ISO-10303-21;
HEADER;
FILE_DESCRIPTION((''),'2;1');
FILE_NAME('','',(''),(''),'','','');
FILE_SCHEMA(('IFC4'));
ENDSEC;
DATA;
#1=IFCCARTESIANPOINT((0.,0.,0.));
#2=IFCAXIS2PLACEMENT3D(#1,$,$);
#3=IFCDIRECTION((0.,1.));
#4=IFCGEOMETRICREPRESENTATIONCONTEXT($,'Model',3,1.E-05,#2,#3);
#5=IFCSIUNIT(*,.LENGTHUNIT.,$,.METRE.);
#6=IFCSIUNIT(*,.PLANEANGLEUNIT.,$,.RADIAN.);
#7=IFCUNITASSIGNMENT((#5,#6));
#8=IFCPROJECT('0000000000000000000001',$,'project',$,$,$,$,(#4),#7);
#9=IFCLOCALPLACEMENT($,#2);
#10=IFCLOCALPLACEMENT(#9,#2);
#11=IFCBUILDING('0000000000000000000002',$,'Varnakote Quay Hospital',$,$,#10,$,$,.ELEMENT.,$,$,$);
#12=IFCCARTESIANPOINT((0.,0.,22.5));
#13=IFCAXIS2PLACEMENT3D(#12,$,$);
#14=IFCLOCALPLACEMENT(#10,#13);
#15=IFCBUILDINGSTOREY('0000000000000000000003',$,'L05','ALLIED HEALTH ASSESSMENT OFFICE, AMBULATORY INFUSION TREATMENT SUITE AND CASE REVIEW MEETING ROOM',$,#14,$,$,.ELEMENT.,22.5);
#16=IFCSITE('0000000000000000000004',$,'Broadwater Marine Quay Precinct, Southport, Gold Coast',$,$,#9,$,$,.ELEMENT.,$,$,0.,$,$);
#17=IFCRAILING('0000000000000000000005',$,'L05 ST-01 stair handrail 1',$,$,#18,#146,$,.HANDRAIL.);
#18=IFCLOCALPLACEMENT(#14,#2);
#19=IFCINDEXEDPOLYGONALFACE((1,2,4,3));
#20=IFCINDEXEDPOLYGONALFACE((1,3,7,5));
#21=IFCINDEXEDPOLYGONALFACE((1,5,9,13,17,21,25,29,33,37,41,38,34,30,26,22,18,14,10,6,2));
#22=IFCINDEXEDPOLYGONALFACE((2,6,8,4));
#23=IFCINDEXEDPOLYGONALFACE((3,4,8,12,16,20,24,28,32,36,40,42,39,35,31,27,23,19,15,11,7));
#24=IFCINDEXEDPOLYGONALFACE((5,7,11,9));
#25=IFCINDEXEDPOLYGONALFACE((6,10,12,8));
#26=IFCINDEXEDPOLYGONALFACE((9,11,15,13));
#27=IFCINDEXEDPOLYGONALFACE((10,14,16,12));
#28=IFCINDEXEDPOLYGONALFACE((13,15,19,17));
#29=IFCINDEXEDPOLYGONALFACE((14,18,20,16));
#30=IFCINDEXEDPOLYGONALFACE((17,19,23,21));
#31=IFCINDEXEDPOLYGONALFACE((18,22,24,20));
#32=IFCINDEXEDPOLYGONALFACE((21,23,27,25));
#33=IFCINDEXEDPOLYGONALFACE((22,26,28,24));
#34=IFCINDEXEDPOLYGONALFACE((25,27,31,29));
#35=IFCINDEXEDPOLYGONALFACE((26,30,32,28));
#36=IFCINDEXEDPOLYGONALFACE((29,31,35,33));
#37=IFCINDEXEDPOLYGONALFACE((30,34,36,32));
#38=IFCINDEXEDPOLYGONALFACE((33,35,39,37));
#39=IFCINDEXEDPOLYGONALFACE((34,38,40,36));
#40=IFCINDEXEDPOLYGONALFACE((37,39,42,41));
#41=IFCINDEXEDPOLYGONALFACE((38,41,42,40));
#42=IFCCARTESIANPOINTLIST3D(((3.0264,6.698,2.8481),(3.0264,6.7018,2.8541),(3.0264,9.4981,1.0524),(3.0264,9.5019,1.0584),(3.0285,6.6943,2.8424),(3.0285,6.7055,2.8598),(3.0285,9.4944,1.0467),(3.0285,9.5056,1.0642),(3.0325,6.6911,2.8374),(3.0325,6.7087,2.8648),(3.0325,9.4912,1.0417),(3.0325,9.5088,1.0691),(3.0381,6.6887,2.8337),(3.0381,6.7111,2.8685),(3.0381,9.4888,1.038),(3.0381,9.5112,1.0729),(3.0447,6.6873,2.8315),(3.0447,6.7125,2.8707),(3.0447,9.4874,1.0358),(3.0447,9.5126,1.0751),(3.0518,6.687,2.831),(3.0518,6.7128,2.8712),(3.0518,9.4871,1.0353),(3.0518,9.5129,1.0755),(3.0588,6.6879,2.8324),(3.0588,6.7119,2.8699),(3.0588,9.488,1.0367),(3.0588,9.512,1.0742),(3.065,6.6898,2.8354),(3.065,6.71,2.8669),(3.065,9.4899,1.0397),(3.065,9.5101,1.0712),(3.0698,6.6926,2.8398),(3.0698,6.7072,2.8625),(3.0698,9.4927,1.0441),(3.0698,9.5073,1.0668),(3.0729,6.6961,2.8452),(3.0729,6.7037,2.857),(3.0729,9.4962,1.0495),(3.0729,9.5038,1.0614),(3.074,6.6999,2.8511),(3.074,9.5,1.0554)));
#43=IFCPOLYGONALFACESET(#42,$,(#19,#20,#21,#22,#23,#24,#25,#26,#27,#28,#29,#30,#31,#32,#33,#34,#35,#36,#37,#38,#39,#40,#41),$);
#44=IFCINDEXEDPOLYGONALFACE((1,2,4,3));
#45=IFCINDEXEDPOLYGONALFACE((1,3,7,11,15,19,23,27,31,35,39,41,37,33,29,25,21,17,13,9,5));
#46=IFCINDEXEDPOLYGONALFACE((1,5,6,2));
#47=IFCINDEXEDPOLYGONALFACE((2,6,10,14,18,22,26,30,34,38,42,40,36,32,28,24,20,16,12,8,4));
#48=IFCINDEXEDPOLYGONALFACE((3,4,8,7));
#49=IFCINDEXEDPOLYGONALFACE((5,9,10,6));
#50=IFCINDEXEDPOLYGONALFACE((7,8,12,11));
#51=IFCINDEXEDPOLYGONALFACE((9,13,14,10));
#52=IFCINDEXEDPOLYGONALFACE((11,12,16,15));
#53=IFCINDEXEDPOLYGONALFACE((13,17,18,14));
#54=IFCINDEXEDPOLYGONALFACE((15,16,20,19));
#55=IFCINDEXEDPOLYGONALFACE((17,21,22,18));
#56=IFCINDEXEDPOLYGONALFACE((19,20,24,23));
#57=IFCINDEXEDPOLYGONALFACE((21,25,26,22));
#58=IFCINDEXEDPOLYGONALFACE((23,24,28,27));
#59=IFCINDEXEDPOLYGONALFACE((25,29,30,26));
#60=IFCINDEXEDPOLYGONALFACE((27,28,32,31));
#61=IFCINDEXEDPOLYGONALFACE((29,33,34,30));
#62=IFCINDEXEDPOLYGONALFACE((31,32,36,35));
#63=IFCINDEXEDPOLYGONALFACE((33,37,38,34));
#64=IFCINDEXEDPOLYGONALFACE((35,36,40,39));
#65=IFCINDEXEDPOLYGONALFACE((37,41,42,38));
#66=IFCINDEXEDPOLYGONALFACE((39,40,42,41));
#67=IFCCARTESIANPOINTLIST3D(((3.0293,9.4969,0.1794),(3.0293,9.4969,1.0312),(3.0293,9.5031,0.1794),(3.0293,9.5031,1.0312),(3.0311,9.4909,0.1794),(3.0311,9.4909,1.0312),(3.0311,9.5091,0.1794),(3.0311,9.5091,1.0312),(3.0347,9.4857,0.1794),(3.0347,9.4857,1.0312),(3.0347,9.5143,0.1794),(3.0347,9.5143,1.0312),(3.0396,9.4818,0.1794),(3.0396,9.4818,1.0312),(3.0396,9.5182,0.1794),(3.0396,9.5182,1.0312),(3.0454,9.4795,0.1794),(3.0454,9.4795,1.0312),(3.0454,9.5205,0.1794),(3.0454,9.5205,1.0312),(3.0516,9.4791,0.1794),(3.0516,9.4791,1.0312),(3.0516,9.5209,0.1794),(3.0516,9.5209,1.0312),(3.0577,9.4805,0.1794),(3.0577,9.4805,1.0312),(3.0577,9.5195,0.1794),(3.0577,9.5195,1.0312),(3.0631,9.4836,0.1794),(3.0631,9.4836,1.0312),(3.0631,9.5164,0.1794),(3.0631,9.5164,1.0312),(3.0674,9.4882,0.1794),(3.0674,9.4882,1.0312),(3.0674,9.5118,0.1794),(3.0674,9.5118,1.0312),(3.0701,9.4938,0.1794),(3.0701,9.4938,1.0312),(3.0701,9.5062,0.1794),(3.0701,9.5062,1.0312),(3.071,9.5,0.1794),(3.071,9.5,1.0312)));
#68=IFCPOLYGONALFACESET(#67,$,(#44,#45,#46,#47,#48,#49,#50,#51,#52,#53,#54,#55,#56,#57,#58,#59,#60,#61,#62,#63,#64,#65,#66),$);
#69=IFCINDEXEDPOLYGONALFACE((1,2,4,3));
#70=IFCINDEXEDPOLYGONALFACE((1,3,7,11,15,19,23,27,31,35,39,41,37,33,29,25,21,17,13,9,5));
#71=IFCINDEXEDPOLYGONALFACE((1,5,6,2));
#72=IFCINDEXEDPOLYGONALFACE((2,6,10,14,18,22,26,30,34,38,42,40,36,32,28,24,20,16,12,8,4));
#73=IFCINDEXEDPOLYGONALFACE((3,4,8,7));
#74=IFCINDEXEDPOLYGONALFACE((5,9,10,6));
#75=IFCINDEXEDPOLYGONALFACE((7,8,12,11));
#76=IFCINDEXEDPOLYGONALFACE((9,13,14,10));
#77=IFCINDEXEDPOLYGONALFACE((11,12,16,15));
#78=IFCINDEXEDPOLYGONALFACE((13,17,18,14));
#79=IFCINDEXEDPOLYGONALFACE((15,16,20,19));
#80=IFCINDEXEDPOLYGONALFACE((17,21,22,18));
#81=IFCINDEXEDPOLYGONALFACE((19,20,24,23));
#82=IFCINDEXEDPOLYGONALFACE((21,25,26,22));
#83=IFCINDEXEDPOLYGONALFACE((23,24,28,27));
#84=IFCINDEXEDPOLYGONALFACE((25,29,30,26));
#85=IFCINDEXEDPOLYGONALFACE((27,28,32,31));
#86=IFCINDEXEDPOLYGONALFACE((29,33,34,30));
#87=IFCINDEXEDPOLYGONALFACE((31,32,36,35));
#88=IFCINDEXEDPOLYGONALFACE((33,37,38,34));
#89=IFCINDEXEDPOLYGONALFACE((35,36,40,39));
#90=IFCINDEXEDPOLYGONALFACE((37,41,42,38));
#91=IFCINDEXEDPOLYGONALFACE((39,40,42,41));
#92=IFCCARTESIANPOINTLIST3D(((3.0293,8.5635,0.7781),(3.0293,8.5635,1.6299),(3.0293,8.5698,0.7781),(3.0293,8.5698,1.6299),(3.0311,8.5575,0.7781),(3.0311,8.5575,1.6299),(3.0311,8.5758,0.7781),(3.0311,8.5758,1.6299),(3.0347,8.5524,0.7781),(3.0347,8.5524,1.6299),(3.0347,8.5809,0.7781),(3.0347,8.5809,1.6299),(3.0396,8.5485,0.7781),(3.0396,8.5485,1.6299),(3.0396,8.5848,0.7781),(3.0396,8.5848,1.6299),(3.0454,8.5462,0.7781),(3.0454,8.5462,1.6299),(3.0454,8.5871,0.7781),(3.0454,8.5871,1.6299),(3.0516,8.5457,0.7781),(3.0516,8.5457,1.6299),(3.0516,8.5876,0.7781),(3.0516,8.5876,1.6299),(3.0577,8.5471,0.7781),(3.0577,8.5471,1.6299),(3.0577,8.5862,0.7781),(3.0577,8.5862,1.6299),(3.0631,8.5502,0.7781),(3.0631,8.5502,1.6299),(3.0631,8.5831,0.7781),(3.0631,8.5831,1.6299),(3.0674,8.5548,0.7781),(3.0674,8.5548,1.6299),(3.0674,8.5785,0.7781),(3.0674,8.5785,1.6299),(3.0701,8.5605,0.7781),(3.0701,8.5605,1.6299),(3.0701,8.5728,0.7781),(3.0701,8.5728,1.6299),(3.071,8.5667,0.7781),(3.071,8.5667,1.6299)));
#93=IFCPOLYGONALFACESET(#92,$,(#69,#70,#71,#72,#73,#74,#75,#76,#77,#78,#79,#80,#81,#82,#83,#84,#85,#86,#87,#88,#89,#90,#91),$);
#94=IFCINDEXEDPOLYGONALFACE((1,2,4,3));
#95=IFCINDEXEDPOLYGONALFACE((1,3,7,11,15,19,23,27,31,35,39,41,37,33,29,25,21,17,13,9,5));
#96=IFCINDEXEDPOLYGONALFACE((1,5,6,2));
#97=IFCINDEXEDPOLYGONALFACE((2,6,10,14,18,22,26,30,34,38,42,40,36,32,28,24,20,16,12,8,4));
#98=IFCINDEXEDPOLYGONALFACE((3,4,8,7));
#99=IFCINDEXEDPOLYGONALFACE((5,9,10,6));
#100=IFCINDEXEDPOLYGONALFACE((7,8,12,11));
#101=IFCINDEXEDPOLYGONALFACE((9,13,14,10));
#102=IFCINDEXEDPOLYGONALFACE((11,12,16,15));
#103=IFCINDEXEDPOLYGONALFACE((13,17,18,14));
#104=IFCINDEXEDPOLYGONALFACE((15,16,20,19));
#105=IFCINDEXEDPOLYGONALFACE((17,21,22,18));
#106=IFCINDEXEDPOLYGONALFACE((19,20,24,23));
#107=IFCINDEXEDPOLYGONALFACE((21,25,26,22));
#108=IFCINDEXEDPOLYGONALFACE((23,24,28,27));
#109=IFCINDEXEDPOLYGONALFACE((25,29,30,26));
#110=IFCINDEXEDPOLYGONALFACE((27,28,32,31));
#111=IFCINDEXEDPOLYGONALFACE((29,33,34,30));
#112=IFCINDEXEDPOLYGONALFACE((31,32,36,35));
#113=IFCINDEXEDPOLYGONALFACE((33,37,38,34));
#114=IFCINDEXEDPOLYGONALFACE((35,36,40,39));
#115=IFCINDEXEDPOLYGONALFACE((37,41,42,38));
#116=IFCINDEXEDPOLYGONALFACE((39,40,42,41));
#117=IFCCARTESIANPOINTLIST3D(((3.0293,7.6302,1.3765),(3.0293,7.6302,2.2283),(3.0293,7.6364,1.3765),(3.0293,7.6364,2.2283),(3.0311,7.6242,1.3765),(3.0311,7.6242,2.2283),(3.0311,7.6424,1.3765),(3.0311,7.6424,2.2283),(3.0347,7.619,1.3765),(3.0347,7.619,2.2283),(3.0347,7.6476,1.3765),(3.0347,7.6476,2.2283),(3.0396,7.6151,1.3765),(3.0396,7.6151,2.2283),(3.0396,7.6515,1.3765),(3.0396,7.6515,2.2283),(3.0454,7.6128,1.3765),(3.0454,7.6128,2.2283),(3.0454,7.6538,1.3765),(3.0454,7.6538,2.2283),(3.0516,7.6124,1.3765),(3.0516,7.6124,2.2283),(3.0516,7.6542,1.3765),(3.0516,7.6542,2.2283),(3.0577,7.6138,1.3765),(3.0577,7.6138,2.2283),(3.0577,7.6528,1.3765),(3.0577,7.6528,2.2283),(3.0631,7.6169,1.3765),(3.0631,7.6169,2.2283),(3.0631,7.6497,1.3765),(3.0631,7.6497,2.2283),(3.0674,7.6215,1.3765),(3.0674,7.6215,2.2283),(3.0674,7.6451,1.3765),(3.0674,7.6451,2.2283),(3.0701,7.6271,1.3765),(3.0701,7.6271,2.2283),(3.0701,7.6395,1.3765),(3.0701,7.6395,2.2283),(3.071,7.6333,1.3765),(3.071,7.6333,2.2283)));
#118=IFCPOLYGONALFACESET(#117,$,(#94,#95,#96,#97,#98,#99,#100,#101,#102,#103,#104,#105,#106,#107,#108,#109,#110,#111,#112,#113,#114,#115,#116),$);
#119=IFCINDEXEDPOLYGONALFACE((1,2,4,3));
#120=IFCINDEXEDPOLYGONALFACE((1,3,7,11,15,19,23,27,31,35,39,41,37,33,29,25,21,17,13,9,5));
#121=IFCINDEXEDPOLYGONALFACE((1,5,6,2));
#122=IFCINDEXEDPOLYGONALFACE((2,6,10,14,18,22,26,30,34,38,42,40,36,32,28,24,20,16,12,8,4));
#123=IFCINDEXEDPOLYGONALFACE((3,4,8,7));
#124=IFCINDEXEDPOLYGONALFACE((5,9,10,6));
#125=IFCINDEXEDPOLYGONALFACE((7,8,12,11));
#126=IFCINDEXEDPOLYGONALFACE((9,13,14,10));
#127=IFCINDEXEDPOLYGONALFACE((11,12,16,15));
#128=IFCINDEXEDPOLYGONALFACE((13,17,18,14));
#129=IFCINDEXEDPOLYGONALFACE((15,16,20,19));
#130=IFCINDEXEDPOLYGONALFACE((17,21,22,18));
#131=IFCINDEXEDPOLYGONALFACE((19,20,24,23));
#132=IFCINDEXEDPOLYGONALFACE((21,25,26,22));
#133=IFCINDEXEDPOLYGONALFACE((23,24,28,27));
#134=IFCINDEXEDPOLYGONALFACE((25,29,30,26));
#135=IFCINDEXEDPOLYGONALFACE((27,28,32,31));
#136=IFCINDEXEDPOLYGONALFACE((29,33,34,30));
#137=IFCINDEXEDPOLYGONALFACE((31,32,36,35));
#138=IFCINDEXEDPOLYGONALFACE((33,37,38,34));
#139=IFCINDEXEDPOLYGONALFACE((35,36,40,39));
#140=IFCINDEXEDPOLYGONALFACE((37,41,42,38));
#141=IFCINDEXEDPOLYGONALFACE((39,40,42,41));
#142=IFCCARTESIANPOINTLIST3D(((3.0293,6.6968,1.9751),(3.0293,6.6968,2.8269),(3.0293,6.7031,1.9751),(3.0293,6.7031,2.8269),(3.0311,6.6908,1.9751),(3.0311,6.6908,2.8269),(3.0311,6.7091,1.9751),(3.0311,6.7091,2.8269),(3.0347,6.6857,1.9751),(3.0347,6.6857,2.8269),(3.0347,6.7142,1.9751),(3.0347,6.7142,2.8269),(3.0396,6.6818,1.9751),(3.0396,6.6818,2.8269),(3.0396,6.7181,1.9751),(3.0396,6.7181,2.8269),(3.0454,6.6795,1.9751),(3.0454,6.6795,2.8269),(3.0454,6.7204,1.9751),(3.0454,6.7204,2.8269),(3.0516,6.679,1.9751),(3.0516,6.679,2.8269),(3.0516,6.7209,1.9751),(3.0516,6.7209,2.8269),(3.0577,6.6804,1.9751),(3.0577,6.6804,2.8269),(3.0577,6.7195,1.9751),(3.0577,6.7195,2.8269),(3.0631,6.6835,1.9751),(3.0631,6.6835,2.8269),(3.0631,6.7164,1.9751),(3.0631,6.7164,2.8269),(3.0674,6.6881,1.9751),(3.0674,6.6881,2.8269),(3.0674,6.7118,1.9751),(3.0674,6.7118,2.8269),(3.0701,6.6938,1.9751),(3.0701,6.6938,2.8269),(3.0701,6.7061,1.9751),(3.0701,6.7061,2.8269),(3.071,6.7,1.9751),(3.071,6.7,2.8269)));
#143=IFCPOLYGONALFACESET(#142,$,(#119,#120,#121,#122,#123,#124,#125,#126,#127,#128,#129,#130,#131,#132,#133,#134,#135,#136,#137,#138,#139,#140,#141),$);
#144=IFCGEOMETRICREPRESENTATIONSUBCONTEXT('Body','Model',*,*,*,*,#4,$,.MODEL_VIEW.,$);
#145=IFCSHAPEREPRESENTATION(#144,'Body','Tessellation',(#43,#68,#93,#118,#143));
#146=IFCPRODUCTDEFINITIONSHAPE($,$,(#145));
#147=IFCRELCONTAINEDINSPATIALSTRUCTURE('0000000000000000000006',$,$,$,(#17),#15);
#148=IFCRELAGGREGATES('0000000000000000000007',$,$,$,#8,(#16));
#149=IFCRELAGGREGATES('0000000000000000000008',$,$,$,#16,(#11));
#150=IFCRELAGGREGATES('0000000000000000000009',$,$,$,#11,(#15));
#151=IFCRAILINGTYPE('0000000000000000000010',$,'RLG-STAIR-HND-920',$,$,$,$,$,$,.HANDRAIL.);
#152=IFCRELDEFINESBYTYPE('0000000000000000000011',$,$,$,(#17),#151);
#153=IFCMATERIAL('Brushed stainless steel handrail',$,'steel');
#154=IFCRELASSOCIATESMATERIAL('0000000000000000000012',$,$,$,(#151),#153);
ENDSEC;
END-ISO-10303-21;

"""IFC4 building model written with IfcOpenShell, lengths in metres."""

from ifc_helpers import new_model, si_unit, direction, frame, origin, origin_2d, place, context, subcontext, project, spatial, circle, extrude, material, type_object, element, save


model = new_model("IFC4")

# Units and contexts
model_context = context("Model", 3, precision=1e-05, world=origin(), true_north=direction((0.0, 1.0)))
body_context = subcontext(model_context, "Body", "Model", "MODEL_VIEW")
ifc_project = project(units=[si_unit("LENGTHUNIT", "METRE"), si_unit("PLANEANGLEUNIT", "RADIAN")], contexts=[model_context])

# Site, building, storey
site_placement = place(None, origin())
site = spatial("IfcSite", under=ifc_project, at=site_placement, Name="Broadwater Marine Quay Precinct, Southport, Gold Coast", CompositionType="ELEMENT", RefElevation=0.0)
building_placement = place(site_placement, origin())
building = spatial("IfcBuilding", under=site, at=building_placement, Name="Varnakote Quay Hospital", CompositionType="ELEMENT")
storey_placement = place(building_placement, frame((0.0, 0.0, 22.5)))
storey = spatial("IfcBuildingStorey", under=building, at=storey_placement, Name="L05", Description="ALLIED HEALTH ASSESSMENT OFFICE, AMBULATORY INFUSION TREATMENT SUITE AND CASE REVIEW MEETING ROOM", CompositionType="ELEMENT", Elevation=22.5)

# Railing
ifc_material_1 = material(Name="Brushed stainless steel handrail", Category="steel")
railing_type_1 = type_object("IfcRailingType", Name="RLG-STAIR-HND-920", PredefinedType="HANDRAIL", material=ifc_material_1)
railing_1_placement = place(storey_placement, frame((3.05, 9.5, 0.1794)))
element("IfcRailing", 1, at=railing_1_placement, inside=storey, type_object=railing_type_1, Name="L05 ST-01 stair handrail 1", PredefinedType="HANDRAIL", context=body_context, shape_type="SweptSolid", body=[
    extrude(circle(Radius=0.0239, at=origin_2d()), frame((0.0, 0.0, 0.876), z_axis=(0.0, -0.841777, 0.539826), x_axis=(1.0, 0.0, 0.0)), (0.0, 0.0, 1.0), 3.3264),
    extrude(circle(Radius=0.021, at=origin_2d()), origin(), (0.0, 0.0, 1.0), 0.8518),
    extrude(circle(Radius=0.021, at=origin_2d()), frame((0.0, -0.9333, 0.5986)), (0.0, 0.0, 1.0), 0.8518),
    extrude(circle(Radius=0.021, at=origin_2d()), frame((0.0, -1.8667, 1.197)), (0.0, 0.0, 1.0), 0.8518),
    extrude(circle(Radius=0.021, at=origin_2d()), frame((0.0, -2.8, 1.7957)), (0.0, 0.0, 1.0), 0.8518),
])

save(model, "model.ifc")
